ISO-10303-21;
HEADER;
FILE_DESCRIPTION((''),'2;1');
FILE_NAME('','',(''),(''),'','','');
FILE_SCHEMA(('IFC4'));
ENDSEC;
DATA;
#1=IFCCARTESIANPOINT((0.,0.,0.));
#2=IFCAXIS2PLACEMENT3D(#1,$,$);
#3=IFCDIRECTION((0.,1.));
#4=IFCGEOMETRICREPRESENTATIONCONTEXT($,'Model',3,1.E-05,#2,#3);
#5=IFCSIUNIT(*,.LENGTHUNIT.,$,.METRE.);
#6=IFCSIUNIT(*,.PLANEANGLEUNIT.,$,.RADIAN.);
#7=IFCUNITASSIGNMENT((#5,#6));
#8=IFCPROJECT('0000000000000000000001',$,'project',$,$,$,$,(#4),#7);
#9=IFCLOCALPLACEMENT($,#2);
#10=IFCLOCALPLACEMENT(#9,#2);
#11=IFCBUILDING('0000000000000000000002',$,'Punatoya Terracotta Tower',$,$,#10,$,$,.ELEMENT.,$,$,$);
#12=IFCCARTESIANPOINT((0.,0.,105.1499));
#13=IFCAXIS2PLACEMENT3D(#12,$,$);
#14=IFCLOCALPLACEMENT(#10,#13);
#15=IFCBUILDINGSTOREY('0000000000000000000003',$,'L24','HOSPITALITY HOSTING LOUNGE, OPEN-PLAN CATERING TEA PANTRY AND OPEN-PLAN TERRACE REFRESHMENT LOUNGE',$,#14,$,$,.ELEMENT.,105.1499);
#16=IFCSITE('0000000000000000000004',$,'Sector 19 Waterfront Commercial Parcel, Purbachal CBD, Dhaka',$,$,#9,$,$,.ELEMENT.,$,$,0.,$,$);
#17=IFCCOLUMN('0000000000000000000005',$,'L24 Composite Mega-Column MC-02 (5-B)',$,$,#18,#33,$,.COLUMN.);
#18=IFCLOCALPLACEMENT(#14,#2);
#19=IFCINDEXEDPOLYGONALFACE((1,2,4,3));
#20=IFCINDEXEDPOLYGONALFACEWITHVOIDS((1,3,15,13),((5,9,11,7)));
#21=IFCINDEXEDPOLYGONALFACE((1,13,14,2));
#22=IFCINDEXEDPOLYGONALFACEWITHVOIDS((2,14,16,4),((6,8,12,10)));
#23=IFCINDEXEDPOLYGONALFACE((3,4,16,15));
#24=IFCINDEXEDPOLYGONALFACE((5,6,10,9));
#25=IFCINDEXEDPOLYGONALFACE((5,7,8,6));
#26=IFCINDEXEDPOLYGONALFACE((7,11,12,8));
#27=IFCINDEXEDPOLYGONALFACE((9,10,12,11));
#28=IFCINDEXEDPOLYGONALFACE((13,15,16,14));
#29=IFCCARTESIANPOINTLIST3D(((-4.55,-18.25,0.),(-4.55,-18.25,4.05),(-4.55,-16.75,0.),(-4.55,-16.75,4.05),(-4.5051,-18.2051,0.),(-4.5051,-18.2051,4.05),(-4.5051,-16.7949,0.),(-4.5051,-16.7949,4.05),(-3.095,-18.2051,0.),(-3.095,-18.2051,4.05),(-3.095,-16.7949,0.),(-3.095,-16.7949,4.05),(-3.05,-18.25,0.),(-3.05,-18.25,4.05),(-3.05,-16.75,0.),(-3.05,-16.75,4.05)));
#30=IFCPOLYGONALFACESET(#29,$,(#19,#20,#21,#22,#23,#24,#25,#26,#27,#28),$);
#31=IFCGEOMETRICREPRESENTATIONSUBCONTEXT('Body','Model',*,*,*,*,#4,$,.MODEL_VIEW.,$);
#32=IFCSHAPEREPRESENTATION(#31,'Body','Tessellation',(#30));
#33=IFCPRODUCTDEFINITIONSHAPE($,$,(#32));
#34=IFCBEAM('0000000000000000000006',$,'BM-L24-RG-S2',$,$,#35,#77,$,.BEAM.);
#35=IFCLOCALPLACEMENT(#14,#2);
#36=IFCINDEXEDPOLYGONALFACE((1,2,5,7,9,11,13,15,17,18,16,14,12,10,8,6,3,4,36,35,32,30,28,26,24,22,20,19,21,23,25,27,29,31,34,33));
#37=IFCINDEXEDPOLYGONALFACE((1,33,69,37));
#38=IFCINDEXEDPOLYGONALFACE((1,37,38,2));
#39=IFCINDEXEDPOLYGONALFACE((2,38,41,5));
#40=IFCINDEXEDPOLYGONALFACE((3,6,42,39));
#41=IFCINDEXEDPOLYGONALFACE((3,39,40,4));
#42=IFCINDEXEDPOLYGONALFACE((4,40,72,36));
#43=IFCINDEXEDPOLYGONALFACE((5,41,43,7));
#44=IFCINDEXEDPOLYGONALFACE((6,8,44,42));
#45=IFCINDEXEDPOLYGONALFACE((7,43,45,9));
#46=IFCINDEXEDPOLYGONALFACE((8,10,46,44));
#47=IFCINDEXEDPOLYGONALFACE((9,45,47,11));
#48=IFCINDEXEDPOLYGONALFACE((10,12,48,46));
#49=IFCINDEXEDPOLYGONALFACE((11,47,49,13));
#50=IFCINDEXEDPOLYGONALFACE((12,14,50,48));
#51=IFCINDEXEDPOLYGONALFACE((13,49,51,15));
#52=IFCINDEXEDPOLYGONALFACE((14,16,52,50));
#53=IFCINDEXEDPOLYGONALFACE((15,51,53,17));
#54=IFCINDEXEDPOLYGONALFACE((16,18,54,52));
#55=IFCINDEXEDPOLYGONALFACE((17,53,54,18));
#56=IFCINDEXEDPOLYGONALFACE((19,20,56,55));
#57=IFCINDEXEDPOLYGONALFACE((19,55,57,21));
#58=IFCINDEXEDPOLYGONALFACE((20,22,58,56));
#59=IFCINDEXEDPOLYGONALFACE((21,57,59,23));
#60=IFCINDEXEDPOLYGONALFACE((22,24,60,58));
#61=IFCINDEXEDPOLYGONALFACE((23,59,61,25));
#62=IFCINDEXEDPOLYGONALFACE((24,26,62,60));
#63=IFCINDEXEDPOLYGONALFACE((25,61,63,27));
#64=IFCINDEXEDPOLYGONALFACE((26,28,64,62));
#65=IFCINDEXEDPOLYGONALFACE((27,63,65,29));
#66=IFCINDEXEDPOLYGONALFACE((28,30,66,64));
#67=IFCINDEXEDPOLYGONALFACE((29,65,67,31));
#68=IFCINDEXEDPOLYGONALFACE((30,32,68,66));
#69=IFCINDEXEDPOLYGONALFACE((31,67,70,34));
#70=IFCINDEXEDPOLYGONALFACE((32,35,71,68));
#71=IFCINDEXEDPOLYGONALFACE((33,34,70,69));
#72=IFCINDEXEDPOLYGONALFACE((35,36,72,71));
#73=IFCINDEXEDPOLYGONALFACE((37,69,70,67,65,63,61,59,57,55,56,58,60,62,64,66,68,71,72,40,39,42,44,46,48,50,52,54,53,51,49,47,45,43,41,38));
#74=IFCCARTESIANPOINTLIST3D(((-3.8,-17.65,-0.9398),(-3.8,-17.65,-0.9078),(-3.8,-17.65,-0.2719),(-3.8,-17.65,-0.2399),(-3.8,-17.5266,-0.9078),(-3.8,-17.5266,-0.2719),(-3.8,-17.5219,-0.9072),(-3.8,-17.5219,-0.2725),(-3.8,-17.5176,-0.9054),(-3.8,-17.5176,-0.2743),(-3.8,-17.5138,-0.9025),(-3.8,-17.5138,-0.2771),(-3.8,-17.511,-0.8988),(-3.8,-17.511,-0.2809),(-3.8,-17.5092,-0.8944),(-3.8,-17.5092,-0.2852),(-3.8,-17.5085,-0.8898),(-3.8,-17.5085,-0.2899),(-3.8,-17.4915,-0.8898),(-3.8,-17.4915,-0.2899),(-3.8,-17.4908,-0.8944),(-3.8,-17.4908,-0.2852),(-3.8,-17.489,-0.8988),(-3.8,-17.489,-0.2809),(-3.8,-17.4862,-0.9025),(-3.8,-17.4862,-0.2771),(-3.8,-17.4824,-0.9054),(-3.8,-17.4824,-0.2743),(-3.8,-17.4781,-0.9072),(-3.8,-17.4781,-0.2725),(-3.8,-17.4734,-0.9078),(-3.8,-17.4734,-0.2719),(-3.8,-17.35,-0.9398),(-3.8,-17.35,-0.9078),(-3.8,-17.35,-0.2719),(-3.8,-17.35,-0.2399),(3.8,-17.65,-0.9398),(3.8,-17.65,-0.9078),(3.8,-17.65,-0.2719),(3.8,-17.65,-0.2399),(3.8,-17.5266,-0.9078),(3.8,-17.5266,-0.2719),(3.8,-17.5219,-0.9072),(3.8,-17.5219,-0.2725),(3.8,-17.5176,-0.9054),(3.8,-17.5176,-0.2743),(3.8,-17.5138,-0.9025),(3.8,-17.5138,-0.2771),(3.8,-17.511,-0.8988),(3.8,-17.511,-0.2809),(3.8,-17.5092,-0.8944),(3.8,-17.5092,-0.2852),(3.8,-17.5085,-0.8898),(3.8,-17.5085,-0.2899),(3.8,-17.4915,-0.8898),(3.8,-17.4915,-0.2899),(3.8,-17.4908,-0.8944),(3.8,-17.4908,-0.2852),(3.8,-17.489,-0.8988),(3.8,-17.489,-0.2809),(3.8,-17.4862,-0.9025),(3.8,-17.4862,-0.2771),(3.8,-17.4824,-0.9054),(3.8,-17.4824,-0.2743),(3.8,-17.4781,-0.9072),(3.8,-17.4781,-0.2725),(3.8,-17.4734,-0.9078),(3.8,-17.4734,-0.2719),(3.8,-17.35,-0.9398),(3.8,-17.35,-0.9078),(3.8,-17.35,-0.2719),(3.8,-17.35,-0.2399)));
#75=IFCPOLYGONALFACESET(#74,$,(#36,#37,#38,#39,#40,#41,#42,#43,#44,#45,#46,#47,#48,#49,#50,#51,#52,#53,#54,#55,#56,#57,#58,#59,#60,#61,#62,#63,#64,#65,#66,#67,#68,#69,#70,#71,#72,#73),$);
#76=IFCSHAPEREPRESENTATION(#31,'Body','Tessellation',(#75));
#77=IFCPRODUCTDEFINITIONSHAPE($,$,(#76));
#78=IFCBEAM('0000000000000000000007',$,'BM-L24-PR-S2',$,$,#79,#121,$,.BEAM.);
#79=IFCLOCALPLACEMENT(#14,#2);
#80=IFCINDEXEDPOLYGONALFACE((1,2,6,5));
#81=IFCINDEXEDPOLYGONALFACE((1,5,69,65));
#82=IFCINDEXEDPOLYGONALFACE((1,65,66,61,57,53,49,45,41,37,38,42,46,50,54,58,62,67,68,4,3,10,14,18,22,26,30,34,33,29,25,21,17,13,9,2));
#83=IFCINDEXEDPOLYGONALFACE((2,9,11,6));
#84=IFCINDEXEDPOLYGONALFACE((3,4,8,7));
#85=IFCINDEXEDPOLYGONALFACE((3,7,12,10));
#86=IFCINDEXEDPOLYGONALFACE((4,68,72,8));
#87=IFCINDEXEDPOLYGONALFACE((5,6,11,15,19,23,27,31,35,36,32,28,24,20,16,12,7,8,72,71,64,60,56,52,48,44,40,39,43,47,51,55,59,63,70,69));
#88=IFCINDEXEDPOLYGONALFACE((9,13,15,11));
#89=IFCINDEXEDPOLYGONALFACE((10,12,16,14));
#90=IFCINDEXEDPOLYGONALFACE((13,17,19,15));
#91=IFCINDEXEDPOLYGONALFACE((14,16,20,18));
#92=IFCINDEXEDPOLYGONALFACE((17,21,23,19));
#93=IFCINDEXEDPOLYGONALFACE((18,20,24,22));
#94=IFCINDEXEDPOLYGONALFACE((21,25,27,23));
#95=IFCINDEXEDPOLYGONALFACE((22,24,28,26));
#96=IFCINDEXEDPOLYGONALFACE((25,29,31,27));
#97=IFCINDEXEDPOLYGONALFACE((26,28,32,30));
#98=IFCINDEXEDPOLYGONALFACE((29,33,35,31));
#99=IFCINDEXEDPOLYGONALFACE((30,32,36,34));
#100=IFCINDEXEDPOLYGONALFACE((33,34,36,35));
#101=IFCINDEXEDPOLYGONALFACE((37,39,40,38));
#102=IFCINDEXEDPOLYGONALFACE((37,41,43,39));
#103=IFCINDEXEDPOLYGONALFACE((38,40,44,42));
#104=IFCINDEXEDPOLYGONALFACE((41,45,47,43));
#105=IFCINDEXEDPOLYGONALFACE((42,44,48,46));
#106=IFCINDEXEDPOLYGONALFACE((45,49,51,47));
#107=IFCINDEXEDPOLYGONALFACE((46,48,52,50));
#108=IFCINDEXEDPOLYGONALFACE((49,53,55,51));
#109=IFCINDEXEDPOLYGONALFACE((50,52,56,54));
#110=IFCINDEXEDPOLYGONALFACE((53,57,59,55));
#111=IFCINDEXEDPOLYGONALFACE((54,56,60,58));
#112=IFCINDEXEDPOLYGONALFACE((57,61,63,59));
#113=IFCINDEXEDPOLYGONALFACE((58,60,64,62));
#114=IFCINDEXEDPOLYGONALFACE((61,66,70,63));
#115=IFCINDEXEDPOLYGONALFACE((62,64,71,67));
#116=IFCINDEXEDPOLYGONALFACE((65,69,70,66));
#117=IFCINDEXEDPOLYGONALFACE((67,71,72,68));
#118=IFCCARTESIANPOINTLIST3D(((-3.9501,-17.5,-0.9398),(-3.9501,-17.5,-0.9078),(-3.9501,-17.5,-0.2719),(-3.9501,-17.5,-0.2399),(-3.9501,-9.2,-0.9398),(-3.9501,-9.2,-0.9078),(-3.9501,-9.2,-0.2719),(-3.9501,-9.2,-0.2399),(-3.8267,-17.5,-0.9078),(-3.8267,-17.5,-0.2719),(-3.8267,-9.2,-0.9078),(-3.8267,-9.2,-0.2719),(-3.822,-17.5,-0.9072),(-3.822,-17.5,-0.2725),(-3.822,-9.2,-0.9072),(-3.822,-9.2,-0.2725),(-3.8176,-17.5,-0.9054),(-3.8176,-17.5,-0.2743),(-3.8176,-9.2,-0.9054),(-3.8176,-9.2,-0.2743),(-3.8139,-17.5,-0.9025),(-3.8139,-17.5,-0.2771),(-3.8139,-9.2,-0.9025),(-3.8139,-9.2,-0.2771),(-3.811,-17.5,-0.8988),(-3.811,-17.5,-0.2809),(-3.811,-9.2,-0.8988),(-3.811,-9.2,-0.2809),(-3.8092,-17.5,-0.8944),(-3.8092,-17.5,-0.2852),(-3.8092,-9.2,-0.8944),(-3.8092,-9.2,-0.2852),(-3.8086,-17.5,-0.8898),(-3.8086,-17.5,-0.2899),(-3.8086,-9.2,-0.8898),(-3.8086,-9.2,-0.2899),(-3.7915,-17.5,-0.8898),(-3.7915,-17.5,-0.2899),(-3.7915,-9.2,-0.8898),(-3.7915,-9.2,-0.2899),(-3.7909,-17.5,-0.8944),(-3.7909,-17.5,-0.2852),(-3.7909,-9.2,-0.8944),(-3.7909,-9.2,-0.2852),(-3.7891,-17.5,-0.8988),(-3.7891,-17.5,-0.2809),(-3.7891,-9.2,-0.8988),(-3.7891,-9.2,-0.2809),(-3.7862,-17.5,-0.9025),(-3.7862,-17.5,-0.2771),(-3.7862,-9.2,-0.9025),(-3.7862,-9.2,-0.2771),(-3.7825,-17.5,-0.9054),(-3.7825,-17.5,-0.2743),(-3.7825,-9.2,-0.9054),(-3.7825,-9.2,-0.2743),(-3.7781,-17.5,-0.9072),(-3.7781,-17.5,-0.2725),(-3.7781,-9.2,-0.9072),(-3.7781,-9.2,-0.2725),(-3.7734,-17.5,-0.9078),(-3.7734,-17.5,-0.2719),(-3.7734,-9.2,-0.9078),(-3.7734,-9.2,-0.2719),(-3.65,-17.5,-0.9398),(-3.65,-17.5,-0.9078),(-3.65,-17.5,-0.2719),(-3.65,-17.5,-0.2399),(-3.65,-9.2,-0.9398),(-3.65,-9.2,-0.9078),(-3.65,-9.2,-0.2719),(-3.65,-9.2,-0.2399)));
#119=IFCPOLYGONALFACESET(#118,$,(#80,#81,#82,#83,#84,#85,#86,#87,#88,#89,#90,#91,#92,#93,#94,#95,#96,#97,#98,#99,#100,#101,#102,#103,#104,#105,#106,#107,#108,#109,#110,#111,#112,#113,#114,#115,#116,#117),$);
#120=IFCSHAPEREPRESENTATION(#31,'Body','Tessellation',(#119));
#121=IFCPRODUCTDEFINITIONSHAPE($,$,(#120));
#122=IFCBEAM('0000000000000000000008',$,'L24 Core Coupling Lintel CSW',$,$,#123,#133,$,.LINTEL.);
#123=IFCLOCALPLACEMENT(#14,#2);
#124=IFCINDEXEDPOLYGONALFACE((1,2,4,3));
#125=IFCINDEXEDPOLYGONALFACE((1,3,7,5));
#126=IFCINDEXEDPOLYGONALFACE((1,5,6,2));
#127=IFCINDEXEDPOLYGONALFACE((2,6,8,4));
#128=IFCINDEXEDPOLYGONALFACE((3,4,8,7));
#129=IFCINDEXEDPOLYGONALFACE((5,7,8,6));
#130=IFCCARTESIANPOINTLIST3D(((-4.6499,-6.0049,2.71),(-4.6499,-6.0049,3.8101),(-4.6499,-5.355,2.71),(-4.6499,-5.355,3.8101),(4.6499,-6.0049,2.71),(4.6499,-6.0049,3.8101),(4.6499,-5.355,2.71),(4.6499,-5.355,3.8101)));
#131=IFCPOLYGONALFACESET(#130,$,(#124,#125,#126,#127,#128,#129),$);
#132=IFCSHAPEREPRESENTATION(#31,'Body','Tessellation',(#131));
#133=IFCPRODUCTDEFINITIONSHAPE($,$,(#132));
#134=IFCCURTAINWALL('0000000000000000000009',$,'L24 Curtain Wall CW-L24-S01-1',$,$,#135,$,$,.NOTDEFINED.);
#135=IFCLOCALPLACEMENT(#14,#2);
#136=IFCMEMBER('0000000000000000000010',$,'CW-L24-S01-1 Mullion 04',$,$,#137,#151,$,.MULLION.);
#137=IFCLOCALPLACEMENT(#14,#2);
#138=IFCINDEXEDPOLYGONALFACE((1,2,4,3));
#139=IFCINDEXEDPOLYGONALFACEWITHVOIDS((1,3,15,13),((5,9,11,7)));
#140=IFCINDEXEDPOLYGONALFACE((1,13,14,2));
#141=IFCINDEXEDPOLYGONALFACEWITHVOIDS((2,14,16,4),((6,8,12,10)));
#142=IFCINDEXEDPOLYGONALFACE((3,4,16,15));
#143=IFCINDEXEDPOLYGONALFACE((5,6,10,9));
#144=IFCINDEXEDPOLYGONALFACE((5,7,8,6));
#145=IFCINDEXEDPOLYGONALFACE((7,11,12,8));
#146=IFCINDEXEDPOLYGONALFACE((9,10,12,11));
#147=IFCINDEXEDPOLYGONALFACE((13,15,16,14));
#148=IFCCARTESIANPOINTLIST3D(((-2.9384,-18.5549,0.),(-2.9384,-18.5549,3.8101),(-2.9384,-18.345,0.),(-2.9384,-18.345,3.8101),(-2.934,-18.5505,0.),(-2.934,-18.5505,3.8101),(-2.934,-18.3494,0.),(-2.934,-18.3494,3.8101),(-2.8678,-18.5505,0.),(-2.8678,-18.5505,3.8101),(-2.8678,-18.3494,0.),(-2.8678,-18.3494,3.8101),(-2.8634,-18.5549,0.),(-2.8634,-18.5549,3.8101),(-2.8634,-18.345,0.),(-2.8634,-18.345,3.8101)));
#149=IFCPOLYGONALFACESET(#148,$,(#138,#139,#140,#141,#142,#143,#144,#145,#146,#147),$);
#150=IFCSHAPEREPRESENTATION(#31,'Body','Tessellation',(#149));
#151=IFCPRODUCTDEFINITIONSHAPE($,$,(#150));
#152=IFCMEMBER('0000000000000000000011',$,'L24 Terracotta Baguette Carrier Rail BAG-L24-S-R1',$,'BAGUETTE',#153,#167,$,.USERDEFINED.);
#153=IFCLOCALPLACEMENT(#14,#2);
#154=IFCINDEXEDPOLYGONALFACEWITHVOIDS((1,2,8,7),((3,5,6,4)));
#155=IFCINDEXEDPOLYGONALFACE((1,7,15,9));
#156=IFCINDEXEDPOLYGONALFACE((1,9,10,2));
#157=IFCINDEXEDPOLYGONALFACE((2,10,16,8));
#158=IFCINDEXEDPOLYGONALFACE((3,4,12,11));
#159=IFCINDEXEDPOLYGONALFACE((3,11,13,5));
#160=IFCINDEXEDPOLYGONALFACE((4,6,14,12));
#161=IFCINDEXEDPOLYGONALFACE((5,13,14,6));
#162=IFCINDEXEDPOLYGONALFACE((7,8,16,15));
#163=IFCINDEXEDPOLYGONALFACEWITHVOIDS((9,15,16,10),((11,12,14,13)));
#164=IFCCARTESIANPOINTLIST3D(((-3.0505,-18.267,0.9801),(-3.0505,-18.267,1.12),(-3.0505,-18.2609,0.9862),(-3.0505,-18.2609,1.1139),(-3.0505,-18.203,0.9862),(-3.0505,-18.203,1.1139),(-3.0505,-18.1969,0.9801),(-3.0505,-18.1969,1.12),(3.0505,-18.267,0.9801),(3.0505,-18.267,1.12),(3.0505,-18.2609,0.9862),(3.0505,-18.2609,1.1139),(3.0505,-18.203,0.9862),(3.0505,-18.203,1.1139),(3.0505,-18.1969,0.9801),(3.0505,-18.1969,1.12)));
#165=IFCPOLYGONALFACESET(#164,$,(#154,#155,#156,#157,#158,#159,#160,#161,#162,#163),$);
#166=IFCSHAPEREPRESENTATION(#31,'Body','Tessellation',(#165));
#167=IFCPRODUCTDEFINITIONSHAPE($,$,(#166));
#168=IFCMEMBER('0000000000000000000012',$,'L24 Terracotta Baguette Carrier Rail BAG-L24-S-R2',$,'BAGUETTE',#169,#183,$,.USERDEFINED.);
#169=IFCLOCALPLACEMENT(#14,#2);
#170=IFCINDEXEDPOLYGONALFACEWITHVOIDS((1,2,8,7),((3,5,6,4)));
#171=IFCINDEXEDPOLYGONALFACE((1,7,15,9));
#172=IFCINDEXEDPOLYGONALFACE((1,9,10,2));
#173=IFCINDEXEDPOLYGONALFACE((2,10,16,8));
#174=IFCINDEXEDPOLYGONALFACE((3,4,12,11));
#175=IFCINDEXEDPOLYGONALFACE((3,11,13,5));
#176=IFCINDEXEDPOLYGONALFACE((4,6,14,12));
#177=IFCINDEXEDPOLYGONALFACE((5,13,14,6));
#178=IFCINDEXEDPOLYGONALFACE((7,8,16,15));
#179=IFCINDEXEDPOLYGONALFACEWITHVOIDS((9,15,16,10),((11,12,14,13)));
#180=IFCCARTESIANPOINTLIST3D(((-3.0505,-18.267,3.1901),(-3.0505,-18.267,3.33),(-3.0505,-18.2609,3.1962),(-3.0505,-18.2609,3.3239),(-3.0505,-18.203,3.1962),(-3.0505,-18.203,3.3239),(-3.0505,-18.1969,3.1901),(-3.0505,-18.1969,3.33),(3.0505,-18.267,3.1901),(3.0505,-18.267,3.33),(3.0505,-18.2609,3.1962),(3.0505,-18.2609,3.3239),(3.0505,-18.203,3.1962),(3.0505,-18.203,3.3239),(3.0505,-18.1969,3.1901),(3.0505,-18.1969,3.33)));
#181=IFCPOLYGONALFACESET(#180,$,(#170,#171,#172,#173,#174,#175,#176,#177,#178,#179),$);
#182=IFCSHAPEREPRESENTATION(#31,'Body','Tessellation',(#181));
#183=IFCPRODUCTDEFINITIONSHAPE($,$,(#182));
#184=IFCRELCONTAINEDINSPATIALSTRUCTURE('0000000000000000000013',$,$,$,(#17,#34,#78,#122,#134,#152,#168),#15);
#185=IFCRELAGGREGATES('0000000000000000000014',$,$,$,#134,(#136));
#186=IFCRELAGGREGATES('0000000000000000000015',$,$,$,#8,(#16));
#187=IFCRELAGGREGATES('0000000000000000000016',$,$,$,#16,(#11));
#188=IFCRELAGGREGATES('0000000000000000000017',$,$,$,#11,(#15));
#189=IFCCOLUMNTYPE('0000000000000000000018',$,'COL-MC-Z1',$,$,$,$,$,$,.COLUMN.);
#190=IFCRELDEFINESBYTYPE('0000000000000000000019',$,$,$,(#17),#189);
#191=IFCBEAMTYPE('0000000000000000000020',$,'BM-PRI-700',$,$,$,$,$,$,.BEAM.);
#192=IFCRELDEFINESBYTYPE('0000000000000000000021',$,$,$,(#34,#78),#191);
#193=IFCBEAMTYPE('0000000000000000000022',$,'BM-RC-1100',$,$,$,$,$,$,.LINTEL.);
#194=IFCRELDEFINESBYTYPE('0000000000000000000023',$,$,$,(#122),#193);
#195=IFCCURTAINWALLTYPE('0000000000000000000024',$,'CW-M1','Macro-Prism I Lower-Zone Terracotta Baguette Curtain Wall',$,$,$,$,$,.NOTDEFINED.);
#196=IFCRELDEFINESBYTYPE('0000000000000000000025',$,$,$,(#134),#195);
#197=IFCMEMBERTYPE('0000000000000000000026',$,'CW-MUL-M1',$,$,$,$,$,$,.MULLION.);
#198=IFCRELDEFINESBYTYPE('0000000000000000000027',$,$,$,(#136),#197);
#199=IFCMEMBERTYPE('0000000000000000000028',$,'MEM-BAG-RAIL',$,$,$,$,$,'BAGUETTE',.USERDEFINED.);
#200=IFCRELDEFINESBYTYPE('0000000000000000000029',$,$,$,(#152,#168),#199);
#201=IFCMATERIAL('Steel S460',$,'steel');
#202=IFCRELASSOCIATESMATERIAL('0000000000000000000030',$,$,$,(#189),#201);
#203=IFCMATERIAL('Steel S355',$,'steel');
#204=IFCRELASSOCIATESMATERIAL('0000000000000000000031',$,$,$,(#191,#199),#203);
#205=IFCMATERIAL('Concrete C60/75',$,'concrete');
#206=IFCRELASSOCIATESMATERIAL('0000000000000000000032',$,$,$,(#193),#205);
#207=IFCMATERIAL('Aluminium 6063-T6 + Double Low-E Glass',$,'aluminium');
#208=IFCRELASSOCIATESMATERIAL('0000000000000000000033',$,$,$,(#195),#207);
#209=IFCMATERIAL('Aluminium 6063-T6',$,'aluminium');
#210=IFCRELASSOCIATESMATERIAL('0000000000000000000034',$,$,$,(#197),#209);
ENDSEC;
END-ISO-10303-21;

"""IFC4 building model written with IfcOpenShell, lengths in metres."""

from ifc_helpers import new_model, si_unit, direction, frame, origin, origin_2d, place, context, subcontext, project, spatial, rectangle, hollow_rectangle, i_section, extrude, material, material_profile, profile_set, type_object, element, aggregate, save


model = new_model("IFC4")

# Units and contexts
model_context = context("Model", 3, precision=1e-05, world=origin(), true_north=direction((0.0, 1.0)))
body_context = subcontext(model_context, "Body", "Model", "MODEL_VIEW")
ifc_project = project(units=[si_unit("LENGTHUNIT", "METRE"), si_unit("PLANEANGLEUNIT", "RADIAN")], contexts=[model_context])

# Site, building, storey
site_placement = place(None, origin())
site = spatial("IfcSite", under=ifc_project, at=site_placement, Name="Sector 19 Waterfront Commercial Parcel, Purbachal CBD, Dhaka", CompositionType="ELEMENT", RefElevation=0.0)
building_placement = place(site_placement, origin())
building = spatial("IfcBuilding", under=site, at=building_placement, Name="Punatoya Terracotta Tower", CompositionType="ELEMENT")
storey_placement = place(building_placement, frame((0.0, 0.0, 105.1499)))
storey = spatial("IfcBuildingStorey", under=building, at=storey_placement, Name="L24", Description="HOSPITALITY HOSTING LOUNGE, OPEN-PLAN CATERING TEA PANTRY AND OPEN-PLAN TERRACE REFRESHMENT LOUNGE", CompositionType="ELEMENT", Elevation=105.1499)

# Column
ifc_material_1 = material(Name="Steel S460", Category="steel")
ifc_material_profile_1 = material_profile(ifc_material_1, hollow_rectangle(XDim=1.5, YDim=1.5, WallThickness=0.0449, at=origin_2d()))
ifc_profile_set_1 = profile_set([ifc_material_profile_1], Name="Steel S460")
column_type = type_object("IfcColumnType", Name="COL-MC-Z1", PredefinedType="COLUMN", material=ifc_profile_set_1)
column_placement = place(storey_placement, frame((-3.8, -17.5, 0.0), z_axis=(0.0, 0.0, 1.0), x_axis=(1.0, 0.0, 0.0)))
element("IfcColumn", 1, at=column_placement, inside=storey, type_object=column_type, Name="L24 Composite Mega-Column MC-02 (5-B)", PredefinedType="COLUMN", context=body_context, shape_type="SweptSolid", body=[
    extrude(hollow_rectangle(XDim=1.5, YDim=1.5, WallThickness=0.0449, at=origin_2d()), origin(), (0.0, 0.0, 1.0), 4.05),
])

# Beams
ifc_material_2 = material(Name="Steel S355", Category="steel")
ifc_material_profile_2 = material_profile(ifc_material_2, i_section(OverallWidth=0.3, OverallDepth=0.7, WebThickness=0.0171, FlangeThickness=0.032, FilletRadius=0.0181, at=origin_2d()))
ifc_profile_set_2 = profile_set([ifc_material_profile_2], Name="Steel S355")
beam_type_1 = type_object("IfcBeamType", Name="BM-PRI-700", PredefinedType="BEAM", material=ifc_profile_set_2)
beam_1_placement = place(storey_placement, frame((-3.8, -17.5, -0.5898), z_axis=(1.0, 0.0, 0.0), x_axis=(0.0, 1.0, 0.0)))
element("IfcBeam", 2, at=beam_1_placement, inside=storey, type_object=beam_type_1, Name="BM-L24-RG-S2", PredefinedType="BEAM", context=body_context, shape_type="SweptSolid", body=[
    extrude(i_section(OverallWidth=0.3, OverallDepth=0.7, WebThickness=0.0171, FlangeThickness=0.032, FilletRadius=0.0181, at=origin_2d()), origin(), (0.0, 0.0, 1.0), 7.6001),
])
beam_2_placement = place(storey_placement, frame((-3.8, -17.5, -0.5898), z_axis=(0.0, 1.0, 0.0), x_axis=(-1.0, 0.0, 0.0)))
element("IfcBeam", 3, at=beam_2_placement, inside=storey, type_object=beam_type_1, Name="BM-L24-PR-S2", PredefinedType="BEAM", context=body_context, shape_type="SweptSolid", body=[
    extrude(i_section(OverallWidth=0.3, OverallDepth=0.7, WebThickness=0.0171, FlangeThickness=0.032, FilletRadius=0.0181, at=origin_2d()), origin(), (0.0, 0.0, 1.0), 8.3),
])
ifc_material_3 = material(Name="Concrete C60/75", Category="concrete")
ifc_material_profile_3 = material_profile(ifc_material_3, rectangle(XDim=0.6499, YDim=1.1001, at=origin_2d()))
ifc_profile_set_3 = profile_set([ifc_material_profile_3], Name="Concrete C60/75")
beam_type_2 = type_object("IfcBeamType", Name="BM-RC-1100", PredefinedType="LINTEL", material=ifc_profile_set_3)
beam_3_placement = place(storey_placement, frame((-4.6499, -5.6799, 3.26), z_axis=(1.0, 0.0, 0.0), x_axis=(0.0, 1.0, 0.0)))
element("IfcBeam", 4, at=beam_3_placement, inside=storey, type_object=beam_type_2, Name="L24 Core Coupling Lintel CSW", PredefinedType="LINTEL", context=body_context, shape_type="SweptSolid", body=[
    extrude(rectangle(XDim=0.6499, YDim=1.1001, at=origin_2d()), origin(), (0.0, 0.0, 1.0), 9.2998),
])

# Curtain wall, member
ifc_material_4 = material(Name="Aluminium 6063-T6 + Double Low-E Glass", Category="aluminium")
curtain_wall_type = type_object("IfcCurtainWallType", Name="CW-M1", Description="Macro-Prism I Lower-Zone Terracotta Baguette Curtain Wall", PredefinedType="NOTDEFINED", material=ifc_material_4)
curtain_wall_placement = place(storey_placement, origin())
curtain_wall = element("IfcCurtainWall", 5, at=curtain_wall_placement, inside=storey, type_object=curtain_wall_type, Name="L24 Curtain Wall CW-L24-S01-1", PredefinedType="NOTDEFINED")
ifc_material_5 = material(Name="Aluminium 6063-T6", Category="aluminium")
ifc_material_profile_4 = material_profile(ifc_material_5, hollow_rectangle(XDim=0.075, YDim=0.21, WallThickness=0.0044, at=origin_2d()))
ifc_profile_set_4 = profile_set([ifc_material_profile_4], Name="Aluminium 6063-T6")
member_type_1 = type_object("IfcMemberType", Name="CW-MUL-M1", PredefinedType="MULLION", material=ifc_profile_set_4)
member_placement = place(storey_placement, frame((-2.9009, -18.45, 0.0), z_axis=(0.0, 0.0, 1.0), x_axis=(1.0, 0.0, 0.0)))
member = element("IfcMember", 6, at=member_placement, type_object=member_type_1, Name="CW-L24-S01-1 Mullion 04", PredefinedType="MULLION", context=body_context, shape_type="SweptSolid", body=[
    extrude(hollow_rectangle(XDim=0.075, YDim=0.21, WallThickness=0.0044, at=origin_2d()), origin(), (0.0, 0.0, 1.0), 3.8101),
])

# Members
ifc_material_profile_5 = material_profile(ifc_material_2, hollow_rectangle(XDim=0.0701, YDim=0.1399, WallThickness=0.0061, at=origin_2d()))
ifc_profile_set_5 = profile_set([ifc_material_profile_5], Name="Steel S355")
member_type_2 = type_object("IfcMemberType", Name="MEM-BAG-RAIL", ElementType="BAGUETTE", PredefinedType="USERDEFINED", material=ifc_profile_set_5)
for number, where, z_axis, x_axis, name in (
    (7, (-3.0505, -18.2319, 1.05), (1.0, 0.0, 0.0), (0.0, 1.0, 0.0), "L24 Terracotta Baguette Carrier Rail BAG-L24-S-R1"),
    (8, (-3.0505, -18.2319, 3.26), (1.0, 0.0, 0.0), (0.0, 1.0, 0.0), "L24 Terracotta Baguette Carrier Rail BAG-L24-S-R2"),
):
    element("IfcMember", number, at=place(storey_placement, frame(where, z_axis=z_axis, x_axis=x_axis)), inside=storey, type_object=member_type_2, Name=name, ObjectType="BAGUETTE", PredefinedType="USERDEFINED", context=body_context, shape_type="SweptSolid", body=[
        extrude(hollow_rectangle(XDim=0.0701, YDim=0.1399, WallThickness=0.0061, at=origin_2d()), origin(), (0.0, 0.0, 1.0), 6.1011),
    ])

aggregate(curtain_wall, [member])

save(model, "model.ifc")
